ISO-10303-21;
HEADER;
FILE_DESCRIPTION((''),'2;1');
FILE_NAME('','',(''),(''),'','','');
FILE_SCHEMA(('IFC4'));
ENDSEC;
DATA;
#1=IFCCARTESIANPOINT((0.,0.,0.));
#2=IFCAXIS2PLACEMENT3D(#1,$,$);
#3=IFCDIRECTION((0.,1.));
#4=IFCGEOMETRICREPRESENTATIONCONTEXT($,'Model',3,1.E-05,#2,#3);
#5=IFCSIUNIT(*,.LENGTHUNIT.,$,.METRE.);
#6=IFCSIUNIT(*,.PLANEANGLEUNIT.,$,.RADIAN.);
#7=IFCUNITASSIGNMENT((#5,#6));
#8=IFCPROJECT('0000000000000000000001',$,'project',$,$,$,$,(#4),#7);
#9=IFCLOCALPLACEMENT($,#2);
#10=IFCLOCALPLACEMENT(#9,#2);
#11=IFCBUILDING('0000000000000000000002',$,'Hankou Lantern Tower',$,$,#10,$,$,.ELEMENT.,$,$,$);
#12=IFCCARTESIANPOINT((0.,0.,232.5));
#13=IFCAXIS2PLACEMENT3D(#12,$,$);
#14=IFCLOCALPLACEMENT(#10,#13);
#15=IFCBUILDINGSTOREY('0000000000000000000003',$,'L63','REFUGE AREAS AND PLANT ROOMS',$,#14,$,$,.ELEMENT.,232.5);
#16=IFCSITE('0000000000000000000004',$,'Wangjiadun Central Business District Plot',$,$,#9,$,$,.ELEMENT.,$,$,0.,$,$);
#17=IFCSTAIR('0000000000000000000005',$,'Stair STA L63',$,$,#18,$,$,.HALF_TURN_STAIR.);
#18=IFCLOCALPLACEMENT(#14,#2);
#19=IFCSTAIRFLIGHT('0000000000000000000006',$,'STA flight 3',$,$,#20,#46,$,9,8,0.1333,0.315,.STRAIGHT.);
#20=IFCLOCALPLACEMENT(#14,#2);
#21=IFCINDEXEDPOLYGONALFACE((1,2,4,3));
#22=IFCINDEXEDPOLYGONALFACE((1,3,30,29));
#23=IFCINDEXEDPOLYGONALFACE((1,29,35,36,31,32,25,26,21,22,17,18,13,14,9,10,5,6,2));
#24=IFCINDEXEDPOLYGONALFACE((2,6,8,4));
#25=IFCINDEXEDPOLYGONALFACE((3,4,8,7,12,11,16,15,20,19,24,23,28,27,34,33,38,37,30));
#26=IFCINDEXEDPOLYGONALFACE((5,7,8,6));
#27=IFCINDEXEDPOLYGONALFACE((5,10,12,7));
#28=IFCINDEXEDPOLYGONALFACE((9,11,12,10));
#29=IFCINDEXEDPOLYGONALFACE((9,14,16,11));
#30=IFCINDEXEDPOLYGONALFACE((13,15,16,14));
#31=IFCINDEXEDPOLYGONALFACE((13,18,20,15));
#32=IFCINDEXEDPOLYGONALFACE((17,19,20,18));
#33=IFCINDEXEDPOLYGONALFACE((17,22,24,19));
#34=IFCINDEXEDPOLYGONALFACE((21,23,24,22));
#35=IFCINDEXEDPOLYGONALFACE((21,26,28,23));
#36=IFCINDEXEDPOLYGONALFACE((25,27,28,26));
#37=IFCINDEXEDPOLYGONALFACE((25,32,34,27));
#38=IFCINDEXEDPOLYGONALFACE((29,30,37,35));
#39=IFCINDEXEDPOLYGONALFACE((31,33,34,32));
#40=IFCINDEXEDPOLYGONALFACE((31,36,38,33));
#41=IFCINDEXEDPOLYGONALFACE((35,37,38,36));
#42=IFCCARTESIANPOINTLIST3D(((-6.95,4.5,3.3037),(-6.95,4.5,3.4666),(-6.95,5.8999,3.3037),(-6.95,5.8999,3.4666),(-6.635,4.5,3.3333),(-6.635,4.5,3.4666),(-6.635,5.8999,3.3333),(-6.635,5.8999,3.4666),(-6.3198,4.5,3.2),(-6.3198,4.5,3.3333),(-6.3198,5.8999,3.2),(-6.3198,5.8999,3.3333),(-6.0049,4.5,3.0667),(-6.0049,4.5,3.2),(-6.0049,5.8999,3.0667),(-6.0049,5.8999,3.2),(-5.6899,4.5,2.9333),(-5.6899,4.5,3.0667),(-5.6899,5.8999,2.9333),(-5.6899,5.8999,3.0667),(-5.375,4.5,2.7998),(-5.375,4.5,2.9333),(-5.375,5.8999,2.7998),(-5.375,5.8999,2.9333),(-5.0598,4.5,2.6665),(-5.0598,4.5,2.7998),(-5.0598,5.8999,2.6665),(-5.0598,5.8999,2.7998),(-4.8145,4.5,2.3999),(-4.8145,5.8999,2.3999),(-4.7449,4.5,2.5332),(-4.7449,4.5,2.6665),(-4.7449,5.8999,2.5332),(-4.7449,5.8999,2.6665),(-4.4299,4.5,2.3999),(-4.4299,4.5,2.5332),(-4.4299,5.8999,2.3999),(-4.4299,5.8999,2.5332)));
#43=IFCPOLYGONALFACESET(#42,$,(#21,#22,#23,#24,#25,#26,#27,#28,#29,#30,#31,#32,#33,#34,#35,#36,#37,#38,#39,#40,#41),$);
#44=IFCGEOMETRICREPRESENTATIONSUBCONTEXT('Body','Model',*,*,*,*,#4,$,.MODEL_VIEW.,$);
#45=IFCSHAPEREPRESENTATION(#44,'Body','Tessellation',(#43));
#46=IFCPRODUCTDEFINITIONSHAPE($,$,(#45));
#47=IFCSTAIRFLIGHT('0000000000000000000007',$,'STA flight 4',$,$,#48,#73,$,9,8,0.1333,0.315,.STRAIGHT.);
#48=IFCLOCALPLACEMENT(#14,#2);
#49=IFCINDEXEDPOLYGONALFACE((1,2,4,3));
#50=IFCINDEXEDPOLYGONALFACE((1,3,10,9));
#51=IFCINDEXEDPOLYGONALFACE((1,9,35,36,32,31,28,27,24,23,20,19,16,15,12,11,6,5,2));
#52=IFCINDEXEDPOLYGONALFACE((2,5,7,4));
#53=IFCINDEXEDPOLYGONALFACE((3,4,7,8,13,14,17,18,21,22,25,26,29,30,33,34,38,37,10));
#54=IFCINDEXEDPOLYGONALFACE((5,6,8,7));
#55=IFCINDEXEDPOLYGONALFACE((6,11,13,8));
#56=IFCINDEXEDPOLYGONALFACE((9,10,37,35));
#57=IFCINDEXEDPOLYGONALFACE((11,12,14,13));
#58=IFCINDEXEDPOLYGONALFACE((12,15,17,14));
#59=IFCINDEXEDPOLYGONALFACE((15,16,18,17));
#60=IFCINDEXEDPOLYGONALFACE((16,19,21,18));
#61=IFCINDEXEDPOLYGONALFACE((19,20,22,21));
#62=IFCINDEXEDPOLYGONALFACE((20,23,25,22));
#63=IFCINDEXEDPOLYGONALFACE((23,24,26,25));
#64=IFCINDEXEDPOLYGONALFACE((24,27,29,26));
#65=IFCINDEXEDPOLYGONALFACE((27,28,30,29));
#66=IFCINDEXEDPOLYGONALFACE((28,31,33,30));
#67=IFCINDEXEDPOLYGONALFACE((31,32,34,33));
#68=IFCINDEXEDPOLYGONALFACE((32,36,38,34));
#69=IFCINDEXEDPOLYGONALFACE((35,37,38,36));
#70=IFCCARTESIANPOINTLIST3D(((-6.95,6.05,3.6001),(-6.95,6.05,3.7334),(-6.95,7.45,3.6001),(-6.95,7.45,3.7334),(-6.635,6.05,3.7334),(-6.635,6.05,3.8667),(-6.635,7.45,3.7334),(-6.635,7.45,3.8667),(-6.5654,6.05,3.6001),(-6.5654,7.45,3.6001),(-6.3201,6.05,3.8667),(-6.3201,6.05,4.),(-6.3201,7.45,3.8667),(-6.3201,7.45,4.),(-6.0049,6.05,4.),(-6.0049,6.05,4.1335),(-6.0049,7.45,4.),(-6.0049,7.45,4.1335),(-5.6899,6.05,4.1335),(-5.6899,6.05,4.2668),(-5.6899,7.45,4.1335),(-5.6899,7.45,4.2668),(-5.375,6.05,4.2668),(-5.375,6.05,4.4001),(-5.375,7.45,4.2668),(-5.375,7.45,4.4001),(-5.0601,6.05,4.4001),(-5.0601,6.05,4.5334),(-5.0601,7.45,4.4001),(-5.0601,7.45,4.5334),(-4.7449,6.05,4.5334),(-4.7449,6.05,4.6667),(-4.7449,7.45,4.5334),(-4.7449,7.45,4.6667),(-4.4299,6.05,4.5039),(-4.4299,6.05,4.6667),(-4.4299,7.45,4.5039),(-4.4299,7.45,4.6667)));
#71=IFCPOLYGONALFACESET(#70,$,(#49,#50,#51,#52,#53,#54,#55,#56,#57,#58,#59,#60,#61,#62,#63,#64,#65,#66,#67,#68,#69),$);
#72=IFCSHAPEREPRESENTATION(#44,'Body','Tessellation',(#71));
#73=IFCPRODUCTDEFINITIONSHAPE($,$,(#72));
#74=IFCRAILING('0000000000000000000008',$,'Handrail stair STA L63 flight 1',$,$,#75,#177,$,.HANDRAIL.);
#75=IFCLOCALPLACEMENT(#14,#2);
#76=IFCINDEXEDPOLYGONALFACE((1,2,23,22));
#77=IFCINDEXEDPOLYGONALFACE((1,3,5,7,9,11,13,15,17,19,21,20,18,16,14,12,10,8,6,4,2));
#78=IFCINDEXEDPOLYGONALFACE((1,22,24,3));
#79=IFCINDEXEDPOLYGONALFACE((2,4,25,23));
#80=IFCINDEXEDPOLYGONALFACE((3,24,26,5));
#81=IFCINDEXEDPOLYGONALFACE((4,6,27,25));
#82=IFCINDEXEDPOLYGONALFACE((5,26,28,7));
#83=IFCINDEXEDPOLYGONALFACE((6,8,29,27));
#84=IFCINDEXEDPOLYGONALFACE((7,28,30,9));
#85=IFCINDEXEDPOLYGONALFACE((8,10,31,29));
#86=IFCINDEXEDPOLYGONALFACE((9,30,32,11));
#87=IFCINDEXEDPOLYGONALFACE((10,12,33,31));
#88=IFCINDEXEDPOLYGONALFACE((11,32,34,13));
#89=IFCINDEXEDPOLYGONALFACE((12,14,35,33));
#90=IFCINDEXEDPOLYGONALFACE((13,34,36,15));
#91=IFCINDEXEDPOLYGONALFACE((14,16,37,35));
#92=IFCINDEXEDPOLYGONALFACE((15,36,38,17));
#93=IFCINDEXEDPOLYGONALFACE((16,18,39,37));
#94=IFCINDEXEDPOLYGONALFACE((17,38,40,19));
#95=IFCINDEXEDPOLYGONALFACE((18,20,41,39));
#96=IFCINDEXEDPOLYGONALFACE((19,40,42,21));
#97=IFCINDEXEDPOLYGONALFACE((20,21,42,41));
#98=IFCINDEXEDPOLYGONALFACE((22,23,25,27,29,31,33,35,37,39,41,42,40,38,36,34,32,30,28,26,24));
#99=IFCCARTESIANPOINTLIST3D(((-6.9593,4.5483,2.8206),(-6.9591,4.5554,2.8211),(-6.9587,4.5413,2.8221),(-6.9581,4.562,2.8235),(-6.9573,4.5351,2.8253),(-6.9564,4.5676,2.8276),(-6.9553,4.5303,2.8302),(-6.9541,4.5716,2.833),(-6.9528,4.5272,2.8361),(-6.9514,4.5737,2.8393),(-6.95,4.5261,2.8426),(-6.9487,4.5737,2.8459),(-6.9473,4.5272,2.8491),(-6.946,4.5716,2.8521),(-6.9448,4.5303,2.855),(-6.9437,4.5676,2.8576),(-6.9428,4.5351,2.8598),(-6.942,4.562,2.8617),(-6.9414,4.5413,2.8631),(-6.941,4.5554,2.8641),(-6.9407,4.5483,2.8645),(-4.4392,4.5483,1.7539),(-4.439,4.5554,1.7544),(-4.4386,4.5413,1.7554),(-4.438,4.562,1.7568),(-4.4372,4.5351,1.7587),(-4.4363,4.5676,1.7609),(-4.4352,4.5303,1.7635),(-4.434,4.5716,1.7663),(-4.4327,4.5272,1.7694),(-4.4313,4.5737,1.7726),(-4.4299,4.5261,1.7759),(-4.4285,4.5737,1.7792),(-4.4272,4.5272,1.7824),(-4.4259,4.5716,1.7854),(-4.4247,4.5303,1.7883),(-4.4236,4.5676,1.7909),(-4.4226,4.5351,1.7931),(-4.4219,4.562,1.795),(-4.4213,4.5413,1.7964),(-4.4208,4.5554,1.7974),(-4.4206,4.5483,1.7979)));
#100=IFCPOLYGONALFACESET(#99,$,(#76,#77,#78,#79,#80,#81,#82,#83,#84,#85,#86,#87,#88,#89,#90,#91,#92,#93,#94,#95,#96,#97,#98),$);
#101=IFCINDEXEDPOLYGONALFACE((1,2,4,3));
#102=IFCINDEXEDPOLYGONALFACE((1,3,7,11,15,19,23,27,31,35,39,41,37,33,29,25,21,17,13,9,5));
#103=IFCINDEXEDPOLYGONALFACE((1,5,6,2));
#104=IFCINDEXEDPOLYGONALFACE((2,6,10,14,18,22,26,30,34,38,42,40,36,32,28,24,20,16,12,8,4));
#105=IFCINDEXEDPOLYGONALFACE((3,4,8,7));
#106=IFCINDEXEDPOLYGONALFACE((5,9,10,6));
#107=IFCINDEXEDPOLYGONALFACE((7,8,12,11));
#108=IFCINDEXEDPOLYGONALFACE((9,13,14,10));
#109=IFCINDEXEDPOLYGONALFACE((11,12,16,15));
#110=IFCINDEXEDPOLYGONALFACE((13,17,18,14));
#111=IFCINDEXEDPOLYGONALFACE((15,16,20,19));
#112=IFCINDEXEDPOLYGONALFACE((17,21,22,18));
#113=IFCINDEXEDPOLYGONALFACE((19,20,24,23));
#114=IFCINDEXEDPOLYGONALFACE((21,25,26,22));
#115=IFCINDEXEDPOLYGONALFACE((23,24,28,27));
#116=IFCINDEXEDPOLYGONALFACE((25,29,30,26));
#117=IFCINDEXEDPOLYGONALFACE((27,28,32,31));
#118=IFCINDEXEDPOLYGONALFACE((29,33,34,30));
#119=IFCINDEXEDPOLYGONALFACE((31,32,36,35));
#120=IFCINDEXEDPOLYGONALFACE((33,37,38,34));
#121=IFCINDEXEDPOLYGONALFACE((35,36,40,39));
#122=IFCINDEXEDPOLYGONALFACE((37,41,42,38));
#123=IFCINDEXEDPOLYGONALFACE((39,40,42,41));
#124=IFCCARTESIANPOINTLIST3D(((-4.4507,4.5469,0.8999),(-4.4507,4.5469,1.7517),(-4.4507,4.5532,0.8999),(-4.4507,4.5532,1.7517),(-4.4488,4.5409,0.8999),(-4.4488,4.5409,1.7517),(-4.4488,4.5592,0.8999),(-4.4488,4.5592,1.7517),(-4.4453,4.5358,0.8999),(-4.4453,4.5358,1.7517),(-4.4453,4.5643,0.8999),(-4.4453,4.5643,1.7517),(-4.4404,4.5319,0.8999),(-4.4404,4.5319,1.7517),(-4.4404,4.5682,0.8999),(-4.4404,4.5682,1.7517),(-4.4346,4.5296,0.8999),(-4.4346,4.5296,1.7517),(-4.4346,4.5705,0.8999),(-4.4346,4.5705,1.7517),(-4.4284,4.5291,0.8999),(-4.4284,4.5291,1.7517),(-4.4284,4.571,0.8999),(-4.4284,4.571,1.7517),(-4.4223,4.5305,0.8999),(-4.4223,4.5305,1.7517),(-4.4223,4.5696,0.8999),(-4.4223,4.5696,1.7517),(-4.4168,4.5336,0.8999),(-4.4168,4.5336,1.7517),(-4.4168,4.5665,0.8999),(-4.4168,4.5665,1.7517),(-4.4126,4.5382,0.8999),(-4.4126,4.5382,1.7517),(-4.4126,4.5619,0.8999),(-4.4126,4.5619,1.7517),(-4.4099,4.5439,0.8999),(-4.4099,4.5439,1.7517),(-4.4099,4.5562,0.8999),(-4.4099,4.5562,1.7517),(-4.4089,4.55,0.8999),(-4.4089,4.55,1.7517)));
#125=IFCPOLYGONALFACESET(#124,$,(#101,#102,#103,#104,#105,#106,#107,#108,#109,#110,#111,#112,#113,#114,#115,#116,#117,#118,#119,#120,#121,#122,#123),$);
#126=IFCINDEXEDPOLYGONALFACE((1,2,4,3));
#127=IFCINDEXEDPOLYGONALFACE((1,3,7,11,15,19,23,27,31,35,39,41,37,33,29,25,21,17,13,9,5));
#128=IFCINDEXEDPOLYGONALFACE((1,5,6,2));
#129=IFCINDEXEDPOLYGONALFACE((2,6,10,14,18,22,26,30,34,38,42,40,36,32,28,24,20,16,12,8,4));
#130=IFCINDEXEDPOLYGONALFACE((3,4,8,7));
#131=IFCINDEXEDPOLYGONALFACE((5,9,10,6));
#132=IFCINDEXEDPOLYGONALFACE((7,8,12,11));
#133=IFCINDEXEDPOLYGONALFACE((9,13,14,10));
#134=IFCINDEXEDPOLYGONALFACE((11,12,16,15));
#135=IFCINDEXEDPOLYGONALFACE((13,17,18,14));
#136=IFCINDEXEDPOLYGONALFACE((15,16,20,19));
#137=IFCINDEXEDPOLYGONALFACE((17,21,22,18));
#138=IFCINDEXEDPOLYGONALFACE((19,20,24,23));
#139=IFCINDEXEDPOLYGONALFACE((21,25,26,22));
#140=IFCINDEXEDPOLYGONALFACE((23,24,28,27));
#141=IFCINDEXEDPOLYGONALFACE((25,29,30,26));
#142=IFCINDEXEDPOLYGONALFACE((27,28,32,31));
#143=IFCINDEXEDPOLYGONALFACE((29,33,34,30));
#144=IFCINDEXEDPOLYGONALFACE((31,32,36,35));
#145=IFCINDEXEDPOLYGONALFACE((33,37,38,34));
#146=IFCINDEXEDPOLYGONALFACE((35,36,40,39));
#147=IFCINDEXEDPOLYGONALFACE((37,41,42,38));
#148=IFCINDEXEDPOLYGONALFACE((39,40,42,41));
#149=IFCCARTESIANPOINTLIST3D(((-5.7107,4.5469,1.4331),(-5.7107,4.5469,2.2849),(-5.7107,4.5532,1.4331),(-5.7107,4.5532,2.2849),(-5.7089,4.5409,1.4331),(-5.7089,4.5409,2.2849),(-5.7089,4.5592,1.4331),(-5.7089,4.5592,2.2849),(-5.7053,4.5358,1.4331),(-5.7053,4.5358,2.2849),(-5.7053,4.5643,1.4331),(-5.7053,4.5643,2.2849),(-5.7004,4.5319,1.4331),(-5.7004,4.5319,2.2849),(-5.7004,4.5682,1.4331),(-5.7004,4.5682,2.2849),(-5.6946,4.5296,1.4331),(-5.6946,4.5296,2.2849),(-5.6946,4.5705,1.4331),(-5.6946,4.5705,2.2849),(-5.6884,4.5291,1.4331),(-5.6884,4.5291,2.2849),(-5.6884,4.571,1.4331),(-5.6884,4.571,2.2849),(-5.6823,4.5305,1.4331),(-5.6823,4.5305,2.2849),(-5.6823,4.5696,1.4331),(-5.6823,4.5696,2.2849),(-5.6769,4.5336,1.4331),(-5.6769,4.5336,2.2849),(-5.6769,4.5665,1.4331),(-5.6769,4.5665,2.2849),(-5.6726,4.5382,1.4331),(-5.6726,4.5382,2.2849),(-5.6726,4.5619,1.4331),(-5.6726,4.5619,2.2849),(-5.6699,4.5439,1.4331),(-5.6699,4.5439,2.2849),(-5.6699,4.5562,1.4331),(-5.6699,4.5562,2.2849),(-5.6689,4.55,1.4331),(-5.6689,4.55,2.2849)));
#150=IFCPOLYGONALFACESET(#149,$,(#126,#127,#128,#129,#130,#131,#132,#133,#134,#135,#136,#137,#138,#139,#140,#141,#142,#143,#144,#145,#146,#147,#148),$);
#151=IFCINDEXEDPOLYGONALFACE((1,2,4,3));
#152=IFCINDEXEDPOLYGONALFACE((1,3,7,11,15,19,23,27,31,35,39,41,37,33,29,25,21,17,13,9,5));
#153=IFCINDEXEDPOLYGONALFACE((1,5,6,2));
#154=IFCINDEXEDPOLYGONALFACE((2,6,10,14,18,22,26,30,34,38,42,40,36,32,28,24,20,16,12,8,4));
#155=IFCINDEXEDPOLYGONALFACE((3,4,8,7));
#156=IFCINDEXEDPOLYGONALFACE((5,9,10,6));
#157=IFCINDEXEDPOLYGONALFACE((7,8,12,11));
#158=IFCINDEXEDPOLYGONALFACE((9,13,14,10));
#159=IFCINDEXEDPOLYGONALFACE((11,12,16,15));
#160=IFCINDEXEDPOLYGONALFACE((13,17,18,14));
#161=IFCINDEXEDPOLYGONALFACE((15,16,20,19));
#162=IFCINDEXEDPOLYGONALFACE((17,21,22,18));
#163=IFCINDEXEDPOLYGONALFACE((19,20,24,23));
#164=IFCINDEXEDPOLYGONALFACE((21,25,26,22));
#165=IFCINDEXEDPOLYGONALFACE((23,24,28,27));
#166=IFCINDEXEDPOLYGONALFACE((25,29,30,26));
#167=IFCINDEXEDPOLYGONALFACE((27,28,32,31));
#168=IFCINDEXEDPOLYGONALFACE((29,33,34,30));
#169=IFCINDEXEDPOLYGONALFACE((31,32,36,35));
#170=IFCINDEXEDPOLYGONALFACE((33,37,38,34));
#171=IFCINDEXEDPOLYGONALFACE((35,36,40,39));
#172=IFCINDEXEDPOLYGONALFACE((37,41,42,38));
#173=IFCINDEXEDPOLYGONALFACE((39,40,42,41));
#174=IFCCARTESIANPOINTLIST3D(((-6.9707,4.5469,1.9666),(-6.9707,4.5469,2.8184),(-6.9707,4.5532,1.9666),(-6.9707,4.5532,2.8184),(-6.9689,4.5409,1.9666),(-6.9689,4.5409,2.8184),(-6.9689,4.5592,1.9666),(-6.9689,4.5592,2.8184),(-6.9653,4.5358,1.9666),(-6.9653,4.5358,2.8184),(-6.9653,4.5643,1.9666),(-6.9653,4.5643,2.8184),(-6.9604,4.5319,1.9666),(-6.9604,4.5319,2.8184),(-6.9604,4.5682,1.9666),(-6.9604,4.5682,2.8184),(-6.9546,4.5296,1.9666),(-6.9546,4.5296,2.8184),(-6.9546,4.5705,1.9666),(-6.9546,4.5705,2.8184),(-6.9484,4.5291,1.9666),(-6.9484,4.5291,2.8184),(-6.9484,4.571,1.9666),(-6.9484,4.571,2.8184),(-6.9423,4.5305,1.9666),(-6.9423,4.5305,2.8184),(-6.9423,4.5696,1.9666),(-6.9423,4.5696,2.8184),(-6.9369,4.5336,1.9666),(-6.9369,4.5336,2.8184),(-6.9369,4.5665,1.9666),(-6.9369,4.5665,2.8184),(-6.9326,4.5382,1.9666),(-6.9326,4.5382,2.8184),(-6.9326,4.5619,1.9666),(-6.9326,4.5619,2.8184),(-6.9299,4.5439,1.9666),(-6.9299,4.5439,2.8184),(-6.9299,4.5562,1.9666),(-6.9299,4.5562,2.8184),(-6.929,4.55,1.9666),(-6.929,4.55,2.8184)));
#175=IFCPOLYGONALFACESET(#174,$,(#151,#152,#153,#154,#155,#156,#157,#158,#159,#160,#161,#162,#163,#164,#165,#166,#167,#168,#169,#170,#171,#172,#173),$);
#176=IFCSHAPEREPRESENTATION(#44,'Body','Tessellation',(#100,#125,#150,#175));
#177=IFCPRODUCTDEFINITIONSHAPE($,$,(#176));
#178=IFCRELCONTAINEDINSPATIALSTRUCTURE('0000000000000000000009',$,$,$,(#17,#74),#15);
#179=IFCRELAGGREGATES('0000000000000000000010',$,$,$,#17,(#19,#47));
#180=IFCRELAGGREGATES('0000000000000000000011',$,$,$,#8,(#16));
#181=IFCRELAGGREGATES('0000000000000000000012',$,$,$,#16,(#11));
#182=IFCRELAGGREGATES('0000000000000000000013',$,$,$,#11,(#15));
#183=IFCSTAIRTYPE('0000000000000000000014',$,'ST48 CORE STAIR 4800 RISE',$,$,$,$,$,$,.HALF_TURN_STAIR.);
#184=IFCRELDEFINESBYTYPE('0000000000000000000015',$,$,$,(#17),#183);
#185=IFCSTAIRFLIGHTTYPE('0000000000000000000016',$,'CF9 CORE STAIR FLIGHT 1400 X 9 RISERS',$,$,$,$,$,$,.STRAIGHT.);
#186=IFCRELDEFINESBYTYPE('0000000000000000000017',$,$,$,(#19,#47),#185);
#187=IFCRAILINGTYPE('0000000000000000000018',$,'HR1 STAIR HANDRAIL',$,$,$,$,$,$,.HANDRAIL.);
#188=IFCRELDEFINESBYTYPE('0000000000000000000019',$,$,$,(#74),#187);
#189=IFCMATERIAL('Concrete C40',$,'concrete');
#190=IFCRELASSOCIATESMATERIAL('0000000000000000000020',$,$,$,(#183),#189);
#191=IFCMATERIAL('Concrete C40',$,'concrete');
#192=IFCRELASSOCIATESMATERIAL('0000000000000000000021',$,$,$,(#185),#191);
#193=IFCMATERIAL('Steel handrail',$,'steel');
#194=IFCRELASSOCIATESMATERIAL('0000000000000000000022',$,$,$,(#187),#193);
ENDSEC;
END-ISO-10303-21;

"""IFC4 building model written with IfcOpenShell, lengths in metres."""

from ifc_helpers import new_model, si_unit, direction, frame, origin, origin_2d, place, context, subcontext, project, spatial, polyline, circle, outline, extrude, material, type_object, element, aggregate, save


model = new_model("IFC4")

# Units and contexts
model_context = context("Model", 3, precision=1e-05, world=origin(), true_north=direction((0.0, 1.0)))
body_context = subcontext(model_context, "Body", "Model", "MODEL_VIEW")
ifc_project = project(units=[si_unit("LENGTHUNIT", "METRE"), si_unit("PLANEANGLEUNIT", "RADIAN")], contexts=[model_context])

# Site, building, storey
site_placement = place(None, origin())
site = spatial("IfcSite", under=ifc_project, at=site_placement, Name="Wangjiadun Central Business District Plot", CompositionType="ELEMENT", RefElevation=0.0)
building_placement = place(site_placement, origin())
building = spatial("IfcBuilding", under=site, at=building_placement, Name="Hankou Lantern Tower", CompositionType="ELEMENT")
storey_placement = place(building_placement, frame((0.0, 0.0, 232.5)))
storey = spatial("IfcBuildingStorey", under=building, at=storey_placement, Name="L63", Description="REFUGE AREAS AND PLANT ROOMS", CompositionType="ELEMENT", Elevation=232.5)

# Stair, stair flights
ifc_material_1 = material(Name="Concrete C40", Category="concrete")
stair_type = type_object("IfcStairType", Name="ST48 CORE STAIR 4800 RISE", PredefinedType="HALF_TURN_STAIR", material=ifc_material_1)
stair_placement = place(storey_placement, origin())
stair = element("IfcStair", 1, at=stair_placement, inside=storey, type_object=stair_type, Name="Stair STA L63", PredefinedType="HALF_TURN_STAIR")
ifc_material_2 = material(Name="Concrete C40", Category="concrete")
stair_flight_type = type_object("IfcStairFlightType", Name="CF9 CORE STAIR FLIGHT 1400 X 9 RISERS", PredefinedType="STRAIGHT", material=ifc_material_2)
stair_flight_1_placement = place(storey_placement, frame((-4.4299, 5.2, 2.3999), z_axis=(0.0, 0.0, 1.0), x_axis=(-1.0, 0.0, 0.0)))
stair_flight_1 = element("IfcStairFlight", 2, at=stair_flight_1_placement, type_object=stair_flight_type, Name="STA flight 3", NumberOfRisers=9, NumberOfTreads=8, PredefinedType="STRAIGHT", RiserHeight=0.1333, TreadLength=0.315, context=body_context, shape_type="SweptSolid", body=[
    extrude(outline(polyline([(0.0, 0.0), (0.0, 0.1333), (0.3149, 0.1333), (0.3149, 0.2666), (0.6299, 0.2666), (0.6299, 0.3999), (0.9451, 0.3999), (0.9451, 0.5334), (1.26, 0.5334), (1.26, 0.6667), (1.575, 0.6667), (1.575, 0.8), (1.8899, 0.8), (1.8899, 0.9333), (2.2051, 0.9333), (2.2051, 1.0667), (2.52, 1.0667), (2.52, 1.2), (2.52, 0.9038), (0.3845, 0.0), (0.0, 0.0)])), frame((0.0, 0.7, 0.0), z_axis=(0.0, -1.0, 0.0), x_axis=(1.0, 0.0, 0.0)), (0.0, 0.0, 1.0), 1.3999),
])
stair_flight_2_placement = place(storey_placement, frame((-6.95, 6.75, 3.6001), z_axis=(0.0, 0.0, 1.0), x_axis=(1.0, 0.0, 0.0)))
stair_flight_2 = element("IfcStairFlight", 3, at=stair_flight_2_placement, type_object=stair_flight_type, Name="STA flight 4", NumberOfRisers=9, NumberOfTreads=8, PredefinedType="STRAIGHT", RiserHeight=0.1333, TreadLength=0.315, context=body_context, shape_type="SweptSolid", body=[
    extrude(outline(polyline([(0.0, 0.0), (0.0, 0.1333), (0.3149, 0.1333), (0.3149, 0.2666), (0.6299, 0.2666), (0.6299, 0.3999), (0.9451, 0.3999), (0.9451, 0.5334), (1.26, 0.5334), (1.26, 0.6667), (1.575, 0.6667), (1.575, 0.8), (1.8899, 0.8), (1.8899, 0.9333), (2.2051, 0.9333), (2.2051, 1.0667), (2.52, 1.0667), (2.52, 1.2), (2.52, 0.9038), (0.3845, 0.0), (0.0, 0.0)])), frame((0.0, 0.7, 0.0), z_axis=(0.0, -1.0, 0.0), x_axis=(1.0, 0.0, 0.0)), (0.0, 0.0, 1.0), 1.3999),
])
aggregate(stair, [stair_flight_1, stair_flight_2])

# Railing
ifc_material_3 = material(Name="Steel handrail", Category="steel")
railing_type = type_object("IfcRailingType", Name="HR1 STAIR HANDRAIL", PredefinedType="HANDRAIL", material=ifc_material_3)
railing_1_placement = place(storey_placement, frame((-4.4299, 4.55, 0.8999)))
element("IfcRailing", 4, at=railing_1_placement, inside=storey, type_object=railing_type, Name="Handrail stair STA L63 flight 1", PredefinedType="HANDRAIL", context=body_context, shape_type="SweptSolid", body=[
    extrude(circle(Radius=0.0239, at=origin_2d()), frame((0.0, 0.0, 0.876), z_axis=(-0.920903, 0.0, 0.389791), x_axis=(0.0, -1.0, 0.0)), (0.0, 0.0, 1.0), 2.7366),
    extrude(circle(Radius=0.021, at=origin_2d()), origin(), (0.0, 0.0, 1.0), 0.8518),
    extrude(circle(Radius=0.021, at=origin_2d()), frame((-1.26, 0.0, 0.5332)), (0.0, 0.0, 1.0), 0.8518),
    extrude(circle(Radius=0.021, at=origin_2d()), frame((-2.52, 0.0, 1.0667)), (0.0, 0.0, 1.0), 0.8518),
])

save(model, "model.ifc")
